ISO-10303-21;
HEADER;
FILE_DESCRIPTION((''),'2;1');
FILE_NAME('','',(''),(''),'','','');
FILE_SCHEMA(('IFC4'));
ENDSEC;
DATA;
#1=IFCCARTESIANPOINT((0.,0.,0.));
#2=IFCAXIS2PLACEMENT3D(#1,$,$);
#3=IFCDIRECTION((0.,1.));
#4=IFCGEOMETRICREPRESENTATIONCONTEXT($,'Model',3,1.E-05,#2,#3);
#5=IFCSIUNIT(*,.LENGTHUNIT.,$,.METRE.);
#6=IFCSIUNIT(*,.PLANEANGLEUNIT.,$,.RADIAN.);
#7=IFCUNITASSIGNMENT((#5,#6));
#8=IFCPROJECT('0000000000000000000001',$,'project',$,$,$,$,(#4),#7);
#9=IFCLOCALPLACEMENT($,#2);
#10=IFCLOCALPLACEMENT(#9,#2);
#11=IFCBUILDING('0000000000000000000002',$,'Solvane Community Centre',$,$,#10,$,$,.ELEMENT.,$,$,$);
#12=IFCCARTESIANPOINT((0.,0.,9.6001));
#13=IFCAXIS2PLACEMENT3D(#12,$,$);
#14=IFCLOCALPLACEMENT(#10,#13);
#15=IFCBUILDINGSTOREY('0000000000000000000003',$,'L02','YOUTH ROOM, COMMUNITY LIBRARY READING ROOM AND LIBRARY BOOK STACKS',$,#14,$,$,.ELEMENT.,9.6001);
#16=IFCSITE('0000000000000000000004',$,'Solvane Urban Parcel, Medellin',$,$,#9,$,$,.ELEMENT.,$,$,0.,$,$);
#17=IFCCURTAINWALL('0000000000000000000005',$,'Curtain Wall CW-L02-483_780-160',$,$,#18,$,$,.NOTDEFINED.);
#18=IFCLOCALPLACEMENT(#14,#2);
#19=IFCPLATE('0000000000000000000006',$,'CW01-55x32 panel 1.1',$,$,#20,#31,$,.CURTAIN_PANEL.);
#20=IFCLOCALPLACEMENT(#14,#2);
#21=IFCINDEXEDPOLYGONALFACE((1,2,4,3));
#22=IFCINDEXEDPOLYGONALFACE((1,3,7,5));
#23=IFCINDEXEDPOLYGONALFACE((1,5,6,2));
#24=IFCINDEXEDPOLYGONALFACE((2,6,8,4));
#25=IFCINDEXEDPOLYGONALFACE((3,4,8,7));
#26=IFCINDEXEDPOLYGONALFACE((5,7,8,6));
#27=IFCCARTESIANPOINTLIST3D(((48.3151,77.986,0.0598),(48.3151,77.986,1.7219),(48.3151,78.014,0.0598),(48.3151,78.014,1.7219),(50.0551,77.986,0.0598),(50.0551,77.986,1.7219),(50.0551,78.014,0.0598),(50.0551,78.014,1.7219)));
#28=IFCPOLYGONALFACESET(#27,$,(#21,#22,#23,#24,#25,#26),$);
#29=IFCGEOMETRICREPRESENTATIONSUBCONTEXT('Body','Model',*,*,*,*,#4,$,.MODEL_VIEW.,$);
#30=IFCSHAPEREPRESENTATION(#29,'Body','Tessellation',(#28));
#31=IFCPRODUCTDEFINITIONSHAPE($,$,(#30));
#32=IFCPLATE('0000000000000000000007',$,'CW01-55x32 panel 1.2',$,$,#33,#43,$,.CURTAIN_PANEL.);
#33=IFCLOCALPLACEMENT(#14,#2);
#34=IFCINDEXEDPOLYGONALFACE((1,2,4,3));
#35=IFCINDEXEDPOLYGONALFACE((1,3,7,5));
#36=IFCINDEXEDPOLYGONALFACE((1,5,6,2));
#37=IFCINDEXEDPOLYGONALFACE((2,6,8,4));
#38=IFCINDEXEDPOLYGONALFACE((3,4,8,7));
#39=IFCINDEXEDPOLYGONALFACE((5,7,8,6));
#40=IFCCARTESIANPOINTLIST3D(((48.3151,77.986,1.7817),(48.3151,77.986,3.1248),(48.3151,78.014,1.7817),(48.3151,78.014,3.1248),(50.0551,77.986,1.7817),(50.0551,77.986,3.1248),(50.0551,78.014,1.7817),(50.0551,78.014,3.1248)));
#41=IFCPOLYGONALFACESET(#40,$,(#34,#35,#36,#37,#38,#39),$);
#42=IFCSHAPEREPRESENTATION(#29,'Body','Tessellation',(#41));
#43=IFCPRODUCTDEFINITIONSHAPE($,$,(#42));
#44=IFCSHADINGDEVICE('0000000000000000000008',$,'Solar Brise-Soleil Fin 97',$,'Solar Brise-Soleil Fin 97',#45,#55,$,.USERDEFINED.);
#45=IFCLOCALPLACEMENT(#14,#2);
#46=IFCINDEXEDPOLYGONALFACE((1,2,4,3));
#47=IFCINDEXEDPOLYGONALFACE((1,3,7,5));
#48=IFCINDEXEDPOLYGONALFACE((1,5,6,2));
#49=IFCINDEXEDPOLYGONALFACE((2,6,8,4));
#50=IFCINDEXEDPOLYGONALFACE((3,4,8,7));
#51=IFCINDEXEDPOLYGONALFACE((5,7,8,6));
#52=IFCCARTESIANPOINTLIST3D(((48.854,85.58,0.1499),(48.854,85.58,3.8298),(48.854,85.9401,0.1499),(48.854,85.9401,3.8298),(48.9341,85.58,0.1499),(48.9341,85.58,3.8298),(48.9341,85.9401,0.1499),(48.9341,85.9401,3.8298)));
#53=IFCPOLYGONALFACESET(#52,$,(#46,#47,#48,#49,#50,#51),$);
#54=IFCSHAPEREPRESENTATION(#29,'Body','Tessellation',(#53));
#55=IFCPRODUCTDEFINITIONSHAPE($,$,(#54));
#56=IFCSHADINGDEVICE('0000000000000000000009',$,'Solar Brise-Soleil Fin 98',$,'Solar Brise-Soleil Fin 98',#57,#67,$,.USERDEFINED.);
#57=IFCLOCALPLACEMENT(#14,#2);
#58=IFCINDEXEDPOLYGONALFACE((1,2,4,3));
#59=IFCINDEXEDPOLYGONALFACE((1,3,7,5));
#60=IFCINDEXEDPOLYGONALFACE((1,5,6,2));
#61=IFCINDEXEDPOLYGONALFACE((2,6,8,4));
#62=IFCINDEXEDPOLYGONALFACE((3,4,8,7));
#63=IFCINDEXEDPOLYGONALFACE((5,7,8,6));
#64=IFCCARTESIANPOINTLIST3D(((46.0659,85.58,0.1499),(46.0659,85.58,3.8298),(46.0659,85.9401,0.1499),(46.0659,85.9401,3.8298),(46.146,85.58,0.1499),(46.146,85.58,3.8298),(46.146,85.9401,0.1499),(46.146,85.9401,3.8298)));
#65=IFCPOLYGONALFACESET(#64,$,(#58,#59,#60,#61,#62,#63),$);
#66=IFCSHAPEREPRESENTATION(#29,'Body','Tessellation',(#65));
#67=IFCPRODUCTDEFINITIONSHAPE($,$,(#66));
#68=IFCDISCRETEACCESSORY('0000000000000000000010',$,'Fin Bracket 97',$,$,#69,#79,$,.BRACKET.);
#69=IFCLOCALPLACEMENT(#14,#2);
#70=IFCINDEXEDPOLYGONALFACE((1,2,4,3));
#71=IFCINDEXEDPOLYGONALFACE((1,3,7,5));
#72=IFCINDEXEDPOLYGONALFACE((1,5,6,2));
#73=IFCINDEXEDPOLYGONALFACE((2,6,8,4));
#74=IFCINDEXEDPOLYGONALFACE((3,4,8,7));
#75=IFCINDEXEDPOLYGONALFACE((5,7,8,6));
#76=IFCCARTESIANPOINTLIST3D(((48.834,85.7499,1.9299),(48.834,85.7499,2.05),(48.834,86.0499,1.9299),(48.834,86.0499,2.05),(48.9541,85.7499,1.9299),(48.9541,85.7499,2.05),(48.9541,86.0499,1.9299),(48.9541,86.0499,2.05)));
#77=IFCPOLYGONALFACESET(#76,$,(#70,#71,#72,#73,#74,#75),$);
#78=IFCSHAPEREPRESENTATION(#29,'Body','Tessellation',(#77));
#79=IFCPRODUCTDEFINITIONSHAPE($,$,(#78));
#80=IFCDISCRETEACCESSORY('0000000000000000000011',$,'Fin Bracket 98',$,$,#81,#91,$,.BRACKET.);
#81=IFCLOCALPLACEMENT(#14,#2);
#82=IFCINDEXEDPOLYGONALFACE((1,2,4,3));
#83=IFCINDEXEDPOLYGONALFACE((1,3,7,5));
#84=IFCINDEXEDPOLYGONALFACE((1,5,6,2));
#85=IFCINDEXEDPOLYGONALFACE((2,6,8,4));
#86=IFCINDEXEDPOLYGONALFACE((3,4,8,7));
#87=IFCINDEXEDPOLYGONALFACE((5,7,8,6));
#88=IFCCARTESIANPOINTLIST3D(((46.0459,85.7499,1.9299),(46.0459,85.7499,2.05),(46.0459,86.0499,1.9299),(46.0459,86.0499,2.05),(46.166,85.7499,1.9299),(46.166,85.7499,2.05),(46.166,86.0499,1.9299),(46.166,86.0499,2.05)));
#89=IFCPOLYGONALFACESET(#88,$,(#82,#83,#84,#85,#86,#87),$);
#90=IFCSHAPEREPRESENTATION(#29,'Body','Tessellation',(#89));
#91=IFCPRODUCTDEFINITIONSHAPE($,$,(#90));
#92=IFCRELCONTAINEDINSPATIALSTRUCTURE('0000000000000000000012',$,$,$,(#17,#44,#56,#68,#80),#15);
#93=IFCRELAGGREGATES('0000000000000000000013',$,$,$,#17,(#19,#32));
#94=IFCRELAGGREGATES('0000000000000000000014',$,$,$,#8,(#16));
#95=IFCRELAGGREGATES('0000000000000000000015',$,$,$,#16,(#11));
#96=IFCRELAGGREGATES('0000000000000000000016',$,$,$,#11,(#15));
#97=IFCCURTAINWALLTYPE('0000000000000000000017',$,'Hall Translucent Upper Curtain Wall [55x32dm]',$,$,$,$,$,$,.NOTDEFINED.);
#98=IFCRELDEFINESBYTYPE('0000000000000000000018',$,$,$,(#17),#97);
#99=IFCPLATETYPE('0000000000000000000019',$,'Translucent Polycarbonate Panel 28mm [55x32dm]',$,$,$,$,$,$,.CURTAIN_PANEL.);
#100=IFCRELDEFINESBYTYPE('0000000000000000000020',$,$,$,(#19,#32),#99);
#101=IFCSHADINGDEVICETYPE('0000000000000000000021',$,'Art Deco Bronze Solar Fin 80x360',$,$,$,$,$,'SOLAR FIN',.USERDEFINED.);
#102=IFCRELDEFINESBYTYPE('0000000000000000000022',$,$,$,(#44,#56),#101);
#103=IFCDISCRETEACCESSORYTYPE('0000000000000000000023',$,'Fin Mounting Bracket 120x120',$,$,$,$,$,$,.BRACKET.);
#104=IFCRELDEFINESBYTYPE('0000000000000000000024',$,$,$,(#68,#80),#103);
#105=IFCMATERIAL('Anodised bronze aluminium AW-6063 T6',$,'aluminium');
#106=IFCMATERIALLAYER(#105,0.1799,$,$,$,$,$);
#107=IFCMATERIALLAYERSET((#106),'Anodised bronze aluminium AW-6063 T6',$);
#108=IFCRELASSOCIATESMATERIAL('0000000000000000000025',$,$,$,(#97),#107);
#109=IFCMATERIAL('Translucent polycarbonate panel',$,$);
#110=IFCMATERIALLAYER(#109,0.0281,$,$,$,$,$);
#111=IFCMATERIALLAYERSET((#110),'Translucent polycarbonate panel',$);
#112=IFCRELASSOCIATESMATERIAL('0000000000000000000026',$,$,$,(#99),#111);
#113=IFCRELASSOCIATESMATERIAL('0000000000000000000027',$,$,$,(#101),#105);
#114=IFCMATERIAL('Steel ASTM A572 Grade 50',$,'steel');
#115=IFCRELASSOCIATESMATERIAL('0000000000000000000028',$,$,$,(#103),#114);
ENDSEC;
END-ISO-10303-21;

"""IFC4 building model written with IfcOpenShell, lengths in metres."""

from ifc_helpers import new_model, si_unit, direction, frame, origin, origin_2d, place, context, subcontext, project, spatial, rectangle, extrude, material, layer, layer_set, type_object, element, aggregate, save


model = new_model("IFC4")

# Units and contexts
model_context = context("Model", 3, precision=1e-05, world=origin(), true_north=direction((0.0, 1.0)))
body_context = subcontext(model_context, "Body", "Model", "MODEL_VIEW")
ifc_project = project(units=[si_unit("LENGTHUNIT", "METRE"), si_unit("PLANEANGLEUNIT", "RADIAN")], contexts=[model_context])

# Site, building, storey
site_placement = place(None, origin())
site = spatial("IfcSite", under=ifc_project, at=site_placement, Name="Solvane Urban Parcel, Medellin", CompositionType="ELEMENT", RefElevation=0.0)
building_placement = place(site_placement, origin())
building = spatial("IfcBuilding", under=site, at=building_placement, Name="Solvane Community Centre", CompositionType="ELEMENT")
storey_placement = place(building_placement, frame((0.0, 0.0, 9.6001)))
storey = spatial("IfcBuildingStorey", under=building, at=storey_placement, Name="L02", Description="YOUTH ROOM, COMMUNITY LIBRARY READING ROOM AND LIBRARY BOOK STACKS", CompositionType="ELEMENT", Elevation=9.6001)

# Curtain wall
ifc_material_1 = material(Name="Anodised bronze aluminium AW-6063 T6", Category="aluminium")
ifc_layer_1 = layer(ifc_material_1, 0.1799)
ifc_layer_set_1 = layer_set([ifc_layer_1], Name="Anodised bronze aluminium AW-6063 T6")
curtain_wall_type_1 = type_object("IfcCurtainWallType", Name="Hall Translucent Upper Curtain Wall [55x32dm]", PredefinedType="NOTDEFINED", material=ifc_layer_set_1)
curtain_wall_1_placement = place(storey_placement, origin())
curtain_wall_1 = element("IfcCurtainWall", 1, at=curtain_wall_1_placement, inside=storey, type_object=curtain_wall_type_1, Name="Curtain Wall CW-L02-483_780-160", PredefinedType="NOTDEFINED")

# Plates
ifc_material_2 = material(Name="Translucent polycarbonate panel")
ifc_layer_2 = layer(ifc_material_2, 0.0281)
ifc_layer_set_2 = layer_set([ifc_layer_2], Name="Translucent polycarbonate panel")
plate_type_1 = type_object("IfcPlateType", Name="Translucent Polycarbonate Panel 28mm [55x32dm]", PredefinedType="CURTAIN_PANEL", material=ifc_layer_set_2)
plate_1_placement = place(storey_placement, frame((49.1851, 78.0, 0.0598), z_axis=(0.0, 0.0, 1.0), x_axis=(1.0, 0.0, 0.0)))
plate_1 = element("IfcPlate", 2, at=plate_1_placement, type_object=plate_type_1, Name="CW01-55x32 panel 1.1", PredefinedType="CURTAIN_PANEL", context=body_context, shape_type="SweptSolid", body=[
    extrude(rectangle(XDim=1.74, YDim=0.0281, at=origin_2d()), origin(), (0.0, 0.0, 1.0), 1.6621),
])
plate_2_placement = place(storey_placement, frame((49.1851, 78.0, 1.7817), z_axis=(0.0, 0.0, 1.0), x_axis=(1.0, 0.0, 0.0)))
plate_2 = element("IfcPlate", 3, at=plate_2_placement, type_object=plate_type_1, Name="CW01-55x32 panel 1.2", PredefinedType="CURTAIN_PANEL", context=body_context, shape_type="SweptSolid", body=[
    extrude(rectangle(XDim=1.74, YDim=0.0281, at=origin_2d()), origin(), (0.0, 0.0, 1.0), 1.343),
])
aggregate(curtain_wall_1, [plate_1, plate_2])

# Shading devices
shading_device_type = type_object("IfcShadingDeviceType", Name="Art Deco Bronze Solar Fin 80x360", ElementType="SOLAR FIN", PredefinedType="USERDEFINED", material=ifc_material_1)
shading_device_1_placement = place(storey_placement, frame((48.894, 85.76, 0.1499), z_axis=(0.0, 0.0, 1.0), x_axis=(-1.0, 0.0, 0.0)))
element("IfcShadingDevice", 4, at=shading_device_1_placement, inside=storey, type_object=shading_device_type, Name="Solar Brise-Soleil Fin 97", ObjectType="Solar Brise-Soleil Fin 97", PredefinedType="USERDEFINED", context=body_context, shape_type="SweptSolid", body=[
    extrude(rectangle(XDim=0.0801, YDim=0.3601, at=origin_2d()), origin(), (0.0, 0.0, 1.0), 3.6799),
])
shading_device_2_placement = place(storey_placement, frame((46.106, 85.76, 0.1499), z_axis=(0.0, 0.0, 1.0), x_axis=(-1.0, 0.0, 0.0)))
element("IfcShadingDevice", 5, at=shading_device_2_placement, inside=storey, type_object=shading_device_type, Name="Solar Brise-Soleil Fin 98", ObjectType="Solar Brise-Soleil Fin 98", PredefinedType="USERDEFINED", context=body_context, shape_type="SweptSolid", body=[
    extrude(rectangle(XDim=0.0801, YDim=0.3601, at=origin_2d()), origin(), (0.0, 0.0, 1.0), 3.6799),
])

# Discrete accessories
ifc_material_3 = material(Name="Steel ASTM A572 Grade 50", Category="steel")
discrete_accessory_type = type_object("IfcDiscreteAccessoryType", Name="Fin Mounting Bracket 120x120", PredefinedType="BRACKET", material=ifc_material_3)
for number, where, z_axis, x_axis, name in (
    (6, (48.894, 85.8999, 1.9299), (0.0, 0.0, 1.0), (-1.0, 0.0, 0.0), "Fin Bracket 97"),
    (7, (46.106, 85.8999, 1.9299), (0.0, 0.0, 1.0), (-1.0, 0.0, 0.0), "Fin Bracket 98"),
):
    element("IfcDiscreteAccessory", number, at=place(storey_placement, frame(where, z_axis=z_axis, x_axis=x_axis)), inside=storey, type_object=discrete_accessory_type, Name=name, PredefinedType="BRACKET", context=body_context, shape_type="SweptSolid", body=[
        extrude(rectangle(XDim=0.1201, YDim=0.3, at=origin_2d()), origin(), (0.0, 0.0, 1.0), 0.1201),
    ])

save(model, "model.ifc")
